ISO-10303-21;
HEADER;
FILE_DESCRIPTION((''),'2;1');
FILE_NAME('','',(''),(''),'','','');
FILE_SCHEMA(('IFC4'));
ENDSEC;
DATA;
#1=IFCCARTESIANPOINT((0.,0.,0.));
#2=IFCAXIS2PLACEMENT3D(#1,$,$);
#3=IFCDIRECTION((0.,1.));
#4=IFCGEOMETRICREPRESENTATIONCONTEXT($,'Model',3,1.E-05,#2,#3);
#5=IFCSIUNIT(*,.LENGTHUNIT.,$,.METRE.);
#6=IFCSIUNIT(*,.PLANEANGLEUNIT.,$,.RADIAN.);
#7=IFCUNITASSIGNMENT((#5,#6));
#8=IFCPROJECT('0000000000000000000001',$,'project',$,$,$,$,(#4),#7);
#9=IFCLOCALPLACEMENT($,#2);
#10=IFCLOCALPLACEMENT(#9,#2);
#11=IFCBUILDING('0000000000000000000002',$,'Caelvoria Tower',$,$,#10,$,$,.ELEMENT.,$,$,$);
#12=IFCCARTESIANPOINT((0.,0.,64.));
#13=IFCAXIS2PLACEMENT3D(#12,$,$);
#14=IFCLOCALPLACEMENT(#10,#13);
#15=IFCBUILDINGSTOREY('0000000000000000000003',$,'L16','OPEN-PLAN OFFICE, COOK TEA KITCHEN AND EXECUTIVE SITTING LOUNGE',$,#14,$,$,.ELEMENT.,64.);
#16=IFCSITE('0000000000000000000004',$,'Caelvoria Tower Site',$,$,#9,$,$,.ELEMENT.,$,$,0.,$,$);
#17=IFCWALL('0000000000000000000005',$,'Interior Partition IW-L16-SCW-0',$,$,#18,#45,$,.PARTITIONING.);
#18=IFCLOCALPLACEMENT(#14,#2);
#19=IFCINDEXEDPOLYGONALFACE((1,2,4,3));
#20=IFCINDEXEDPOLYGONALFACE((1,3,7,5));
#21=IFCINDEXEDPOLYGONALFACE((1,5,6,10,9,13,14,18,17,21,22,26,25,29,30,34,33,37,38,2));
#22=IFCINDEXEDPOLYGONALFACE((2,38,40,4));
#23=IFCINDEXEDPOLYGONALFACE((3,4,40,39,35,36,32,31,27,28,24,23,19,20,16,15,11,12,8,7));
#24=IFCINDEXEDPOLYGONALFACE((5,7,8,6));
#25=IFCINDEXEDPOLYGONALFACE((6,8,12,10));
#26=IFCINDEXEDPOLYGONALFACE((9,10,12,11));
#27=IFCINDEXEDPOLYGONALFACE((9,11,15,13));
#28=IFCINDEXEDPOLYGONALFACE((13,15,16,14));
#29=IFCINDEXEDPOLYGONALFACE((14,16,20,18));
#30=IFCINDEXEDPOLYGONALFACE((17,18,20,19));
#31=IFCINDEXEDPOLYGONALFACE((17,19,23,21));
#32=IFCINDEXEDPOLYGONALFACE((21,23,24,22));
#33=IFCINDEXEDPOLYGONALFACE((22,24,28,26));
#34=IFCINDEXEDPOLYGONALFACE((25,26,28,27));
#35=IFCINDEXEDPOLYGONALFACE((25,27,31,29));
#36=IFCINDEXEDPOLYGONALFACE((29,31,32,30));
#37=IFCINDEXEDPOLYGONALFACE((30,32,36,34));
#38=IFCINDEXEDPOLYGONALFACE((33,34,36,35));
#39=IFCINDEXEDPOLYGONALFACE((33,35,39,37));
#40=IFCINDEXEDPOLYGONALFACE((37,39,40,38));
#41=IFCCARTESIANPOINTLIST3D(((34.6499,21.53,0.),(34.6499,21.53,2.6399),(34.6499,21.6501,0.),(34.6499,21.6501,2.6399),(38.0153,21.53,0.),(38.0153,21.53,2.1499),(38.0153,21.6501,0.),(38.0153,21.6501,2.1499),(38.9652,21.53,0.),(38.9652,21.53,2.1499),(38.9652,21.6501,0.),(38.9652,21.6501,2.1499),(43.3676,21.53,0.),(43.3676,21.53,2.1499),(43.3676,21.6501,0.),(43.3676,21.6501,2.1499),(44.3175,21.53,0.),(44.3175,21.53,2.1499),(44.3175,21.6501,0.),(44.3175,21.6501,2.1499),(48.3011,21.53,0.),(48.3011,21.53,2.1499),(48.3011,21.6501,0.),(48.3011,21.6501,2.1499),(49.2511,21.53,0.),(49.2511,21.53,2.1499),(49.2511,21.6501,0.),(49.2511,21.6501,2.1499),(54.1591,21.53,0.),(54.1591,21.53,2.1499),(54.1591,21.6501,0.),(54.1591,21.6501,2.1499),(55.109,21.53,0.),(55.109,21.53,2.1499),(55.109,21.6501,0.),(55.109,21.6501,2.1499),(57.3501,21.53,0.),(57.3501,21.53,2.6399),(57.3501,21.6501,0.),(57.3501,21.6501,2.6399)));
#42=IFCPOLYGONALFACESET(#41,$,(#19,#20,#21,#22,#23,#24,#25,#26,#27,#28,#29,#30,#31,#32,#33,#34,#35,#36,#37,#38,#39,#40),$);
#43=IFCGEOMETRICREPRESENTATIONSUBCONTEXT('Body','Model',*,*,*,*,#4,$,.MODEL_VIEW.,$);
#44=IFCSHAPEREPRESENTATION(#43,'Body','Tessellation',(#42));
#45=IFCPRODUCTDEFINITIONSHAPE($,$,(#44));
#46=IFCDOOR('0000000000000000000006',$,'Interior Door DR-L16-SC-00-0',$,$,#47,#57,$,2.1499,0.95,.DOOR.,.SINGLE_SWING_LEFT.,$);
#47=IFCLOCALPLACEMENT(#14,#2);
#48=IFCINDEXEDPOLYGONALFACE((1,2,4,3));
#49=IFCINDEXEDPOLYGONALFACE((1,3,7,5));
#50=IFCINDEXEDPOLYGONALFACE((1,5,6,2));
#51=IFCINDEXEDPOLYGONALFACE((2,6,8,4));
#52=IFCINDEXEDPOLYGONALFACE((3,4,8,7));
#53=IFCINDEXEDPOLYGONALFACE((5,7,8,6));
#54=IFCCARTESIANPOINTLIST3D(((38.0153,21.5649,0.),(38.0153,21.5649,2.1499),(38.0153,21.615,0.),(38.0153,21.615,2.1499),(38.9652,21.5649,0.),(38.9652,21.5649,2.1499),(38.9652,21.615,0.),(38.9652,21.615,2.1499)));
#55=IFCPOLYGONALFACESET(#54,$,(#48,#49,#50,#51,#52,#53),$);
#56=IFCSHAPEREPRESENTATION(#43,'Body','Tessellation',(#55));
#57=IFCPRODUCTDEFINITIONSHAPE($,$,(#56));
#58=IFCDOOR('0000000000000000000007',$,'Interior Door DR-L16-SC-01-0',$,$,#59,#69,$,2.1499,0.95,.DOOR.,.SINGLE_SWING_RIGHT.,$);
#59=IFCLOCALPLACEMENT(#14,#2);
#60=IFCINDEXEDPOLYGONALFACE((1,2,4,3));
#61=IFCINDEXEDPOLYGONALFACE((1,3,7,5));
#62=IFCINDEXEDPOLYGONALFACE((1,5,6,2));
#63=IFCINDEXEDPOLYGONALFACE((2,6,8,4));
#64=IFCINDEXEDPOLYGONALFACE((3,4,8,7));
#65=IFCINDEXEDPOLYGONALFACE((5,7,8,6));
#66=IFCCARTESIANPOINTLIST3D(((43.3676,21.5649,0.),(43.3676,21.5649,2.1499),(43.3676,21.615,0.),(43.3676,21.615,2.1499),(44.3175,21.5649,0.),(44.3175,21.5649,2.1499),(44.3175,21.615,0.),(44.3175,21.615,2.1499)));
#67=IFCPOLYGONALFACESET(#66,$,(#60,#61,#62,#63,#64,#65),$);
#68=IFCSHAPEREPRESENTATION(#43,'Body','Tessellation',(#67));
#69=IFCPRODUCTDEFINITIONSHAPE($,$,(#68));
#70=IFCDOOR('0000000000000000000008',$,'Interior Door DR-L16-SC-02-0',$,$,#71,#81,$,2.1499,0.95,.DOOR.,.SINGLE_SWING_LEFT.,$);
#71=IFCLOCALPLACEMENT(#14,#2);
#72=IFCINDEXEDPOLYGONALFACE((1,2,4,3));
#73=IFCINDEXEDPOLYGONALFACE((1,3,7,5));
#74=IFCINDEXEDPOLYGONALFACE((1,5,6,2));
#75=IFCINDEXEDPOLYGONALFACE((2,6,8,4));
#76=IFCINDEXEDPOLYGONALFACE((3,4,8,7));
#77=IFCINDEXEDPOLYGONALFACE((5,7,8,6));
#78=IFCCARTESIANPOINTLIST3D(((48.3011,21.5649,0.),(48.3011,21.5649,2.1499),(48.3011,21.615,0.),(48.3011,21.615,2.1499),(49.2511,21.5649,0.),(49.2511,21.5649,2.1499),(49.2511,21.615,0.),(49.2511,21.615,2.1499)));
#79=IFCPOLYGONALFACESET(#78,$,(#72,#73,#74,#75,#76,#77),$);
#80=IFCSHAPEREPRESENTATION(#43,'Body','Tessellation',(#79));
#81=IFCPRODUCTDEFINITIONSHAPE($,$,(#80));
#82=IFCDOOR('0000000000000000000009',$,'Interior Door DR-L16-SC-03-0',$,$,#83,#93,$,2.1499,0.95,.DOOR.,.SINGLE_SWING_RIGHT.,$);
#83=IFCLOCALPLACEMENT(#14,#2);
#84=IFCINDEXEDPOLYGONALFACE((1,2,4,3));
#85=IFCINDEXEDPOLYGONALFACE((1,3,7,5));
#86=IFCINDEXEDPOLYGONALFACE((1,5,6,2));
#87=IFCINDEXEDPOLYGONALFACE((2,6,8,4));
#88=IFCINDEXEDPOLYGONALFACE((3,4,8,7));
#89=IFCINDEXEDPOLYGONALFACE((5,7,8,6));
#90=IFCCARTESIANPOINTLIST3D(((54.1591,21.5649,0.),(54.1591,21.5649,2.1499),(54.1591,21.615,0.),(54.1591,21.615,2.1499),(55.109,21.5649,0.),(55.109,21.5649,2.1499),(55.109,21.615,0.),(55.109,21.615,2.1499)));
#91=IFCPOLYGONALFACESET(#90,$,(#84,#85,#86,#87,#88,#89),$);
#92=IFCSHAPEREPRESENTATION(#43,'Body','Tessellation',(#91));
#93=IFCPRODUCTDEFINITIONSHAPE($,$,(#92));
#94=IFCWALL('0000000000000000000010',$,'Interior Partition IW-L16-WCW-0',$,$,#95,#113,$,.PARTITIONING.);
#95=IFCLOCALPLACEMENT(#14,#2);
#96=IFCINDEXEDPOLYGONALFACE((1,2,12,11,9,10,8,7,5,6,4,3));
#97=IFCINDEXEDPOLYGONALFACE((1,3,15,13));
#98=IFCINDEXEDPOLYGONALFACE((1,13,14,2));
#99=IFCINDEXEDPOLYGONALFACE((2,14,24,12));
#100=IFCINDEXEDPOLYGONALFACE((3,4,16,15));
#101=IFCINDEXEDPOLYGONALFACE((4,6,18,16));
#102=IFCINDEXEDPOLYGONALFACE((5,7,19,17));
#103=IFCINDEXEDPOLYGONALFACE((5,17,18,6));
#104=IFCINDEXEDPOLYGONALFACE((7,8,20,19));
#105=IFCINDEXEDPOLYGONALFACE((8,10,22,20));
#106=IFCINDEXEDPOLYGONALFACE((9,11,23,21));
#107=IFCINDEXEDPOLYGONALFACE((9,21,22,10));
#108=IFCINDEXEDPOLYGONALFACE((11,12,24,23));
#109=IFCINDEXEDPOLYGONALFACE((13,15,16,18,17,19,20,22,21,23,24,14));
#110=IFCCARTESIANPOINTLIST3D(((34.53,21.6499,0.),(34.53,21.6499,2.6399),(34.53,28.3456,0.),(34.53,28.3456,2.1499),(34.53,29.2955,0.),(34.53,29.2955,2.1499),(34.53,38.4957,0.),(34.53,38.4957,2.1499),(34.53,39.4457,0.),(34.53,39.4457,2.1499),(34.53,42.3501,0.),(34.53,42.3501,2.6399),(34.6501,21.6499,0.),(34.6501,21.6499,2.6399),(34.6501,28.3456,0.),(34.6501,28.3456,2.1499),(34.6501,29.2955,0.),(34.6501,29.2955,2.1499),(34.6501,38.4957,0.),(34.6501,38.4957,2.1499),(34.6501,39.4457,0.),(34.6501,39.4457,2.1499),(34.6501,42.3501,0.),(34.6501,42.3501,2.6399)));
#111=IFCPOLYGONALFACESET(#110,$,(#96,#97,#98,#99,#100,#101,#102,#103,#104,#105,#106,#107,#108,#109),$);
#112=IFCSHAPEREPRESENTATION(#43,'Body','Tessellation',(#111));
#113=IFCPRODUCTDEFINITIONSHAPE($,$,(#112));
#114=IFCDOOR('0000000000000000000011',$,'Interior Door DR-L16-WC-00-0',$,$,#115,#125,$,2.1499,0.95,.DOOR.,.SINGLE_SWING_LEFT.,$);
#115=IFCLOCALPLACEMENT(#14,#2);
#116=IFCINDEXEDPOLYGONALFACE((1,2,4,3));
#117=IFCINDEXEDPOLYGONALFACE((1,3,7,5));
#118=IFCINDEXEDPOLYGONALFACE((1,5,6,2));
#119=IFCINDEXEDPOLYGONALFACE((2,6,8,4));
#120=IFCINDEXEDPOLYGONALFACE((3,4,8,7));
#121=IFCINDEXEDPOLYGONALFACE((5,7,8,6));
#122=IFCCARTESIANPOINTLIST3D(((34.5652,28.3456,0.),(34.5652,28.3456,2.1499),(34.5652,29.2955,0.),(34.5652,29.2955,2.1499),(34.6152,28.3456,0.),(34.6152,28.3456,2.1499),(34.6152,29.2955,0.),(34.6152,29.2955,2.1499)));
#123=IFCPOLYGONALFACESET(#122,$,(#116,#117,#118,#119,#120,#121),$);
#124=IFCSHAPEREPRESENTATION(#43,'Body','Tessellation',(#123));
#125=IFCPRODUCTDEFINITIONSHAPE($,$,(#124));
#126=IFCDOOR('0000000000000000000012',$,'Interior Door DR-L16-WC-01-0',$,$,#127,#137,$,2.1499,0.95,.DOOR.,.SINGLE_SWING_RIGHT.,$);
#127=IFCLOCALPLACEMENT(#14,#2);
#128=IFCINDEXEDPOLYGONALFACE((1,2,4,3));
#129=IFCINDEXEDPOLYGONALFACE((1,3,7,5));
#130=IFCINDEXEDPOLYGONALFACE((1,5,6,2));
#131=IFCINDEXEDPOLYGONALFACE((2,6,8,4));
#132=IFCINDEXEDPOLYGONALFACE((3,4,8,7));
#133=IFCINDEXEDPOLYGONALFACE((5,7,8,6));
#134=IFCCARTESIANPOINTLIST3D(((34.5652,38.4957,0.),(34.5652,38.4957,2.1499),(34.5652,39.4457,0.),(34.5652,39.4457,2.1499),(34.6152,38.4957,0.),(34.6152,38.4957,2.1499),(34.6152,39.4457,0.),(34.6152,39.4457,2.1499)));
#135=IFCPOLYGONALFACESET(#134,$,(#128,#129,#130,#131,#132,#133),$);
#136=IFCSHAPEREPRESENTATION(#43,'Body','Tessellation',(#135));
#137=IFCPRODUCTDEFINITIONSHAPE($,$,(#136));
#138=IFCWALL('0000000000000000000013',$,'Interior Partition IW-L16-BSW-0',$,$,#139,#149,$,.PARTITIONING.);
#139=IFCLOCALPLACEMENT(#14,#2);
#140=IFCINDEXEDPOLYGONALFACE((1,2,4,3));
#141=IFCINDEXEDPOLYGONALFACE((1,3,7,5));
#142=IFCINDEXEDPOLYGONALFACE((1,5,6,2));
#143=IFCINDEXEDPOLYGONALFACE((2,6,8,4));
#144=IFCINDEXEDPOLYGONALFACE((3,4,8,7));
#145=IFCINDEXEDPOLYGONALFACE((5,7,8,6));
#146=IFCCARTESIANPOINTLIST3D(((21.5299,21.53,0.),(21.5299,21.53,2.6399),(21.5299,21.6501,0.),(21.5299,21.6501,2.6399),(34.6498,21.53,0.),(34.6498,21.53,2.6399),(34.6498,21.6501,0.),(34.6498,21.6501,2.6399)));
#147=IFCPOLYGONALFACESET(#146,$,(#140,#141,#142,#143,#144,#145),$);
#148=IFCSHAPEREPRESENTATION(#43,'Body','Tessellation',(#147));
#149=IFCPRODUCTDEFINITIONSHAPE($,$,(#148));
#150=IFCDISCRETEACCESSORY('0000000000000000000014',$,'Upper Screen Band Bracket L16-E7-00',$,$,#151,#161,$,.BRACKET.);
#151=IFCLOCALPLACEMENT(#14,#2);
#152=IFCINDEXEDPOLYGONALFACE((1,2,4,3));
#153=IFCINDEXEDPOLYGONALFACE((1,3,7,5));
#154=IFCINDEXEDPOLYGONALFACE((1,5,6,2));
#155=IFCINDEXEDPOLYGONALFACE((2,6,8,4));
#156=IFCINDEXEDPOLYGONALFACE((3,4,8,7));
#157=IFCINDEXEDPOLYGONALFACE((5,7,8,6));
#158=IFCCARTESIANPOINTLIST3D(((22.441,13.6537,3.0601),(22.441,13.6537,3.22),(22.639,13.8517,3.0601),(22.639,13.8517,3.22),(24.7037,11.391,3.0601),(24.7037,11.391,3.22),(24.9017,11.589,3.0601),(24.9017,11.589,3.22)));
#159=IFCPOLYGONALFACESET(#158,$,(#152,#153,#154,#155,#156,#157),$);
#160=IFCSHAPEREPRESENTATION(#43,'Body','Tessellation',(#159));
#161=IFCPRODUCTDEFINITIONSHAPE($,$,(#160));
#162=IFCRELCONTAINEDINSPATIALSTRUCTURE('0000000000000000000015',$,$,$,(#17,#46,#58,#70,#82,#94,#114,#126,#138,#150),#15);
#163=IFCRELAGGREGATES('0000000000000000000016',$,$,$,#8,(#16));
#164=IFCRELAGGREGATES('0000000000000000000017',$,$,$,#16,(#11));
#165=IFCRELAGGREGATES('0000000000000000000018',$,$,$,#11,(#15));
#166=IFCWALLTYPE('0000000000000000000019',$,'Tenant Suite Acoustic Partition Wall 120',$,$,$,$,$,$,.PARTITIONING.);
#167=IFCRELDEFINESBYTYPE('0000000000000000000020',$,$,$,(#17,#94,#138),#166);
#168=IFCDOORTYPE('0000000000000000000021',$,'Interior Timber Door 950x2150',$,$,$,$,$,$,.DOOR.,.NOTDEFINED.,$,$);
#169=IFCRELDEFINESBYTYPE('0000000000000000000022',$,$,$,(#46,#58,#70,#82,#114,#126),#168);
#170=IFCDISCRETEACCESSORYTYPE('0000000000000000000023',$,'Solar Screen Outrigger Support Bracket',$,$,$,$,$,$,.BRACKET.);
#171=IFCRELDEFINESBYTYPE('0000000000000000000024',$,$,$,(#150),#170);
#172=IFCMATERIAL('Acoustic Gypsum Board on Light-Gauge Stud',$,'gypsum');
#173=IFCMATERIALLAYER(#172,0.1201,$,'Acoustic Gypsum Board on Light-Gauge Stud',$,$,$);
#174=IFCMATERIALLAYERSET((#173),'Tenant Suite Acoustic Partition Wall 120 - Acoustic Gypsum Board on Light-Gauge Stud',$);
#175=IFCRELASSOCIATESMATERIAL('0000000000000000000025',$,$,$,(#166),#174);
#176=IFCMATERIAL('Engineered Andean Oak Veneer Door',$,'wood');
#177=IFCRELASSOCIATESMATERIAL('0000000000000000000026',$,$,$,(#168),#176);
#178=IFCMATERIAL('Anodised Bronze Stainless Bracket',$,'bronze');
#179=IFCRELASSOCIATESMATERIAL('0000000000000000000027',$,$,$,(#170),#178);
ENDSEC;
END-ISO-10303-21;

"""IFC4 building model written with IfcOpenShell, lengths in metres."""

from ifc_helpers import new_model, si_unit, direction, frame, frame_2d, origin, origin_2d, place, context, subcontext, project, spatial, rectangle, extrude, material, layer, layer_set, type_object, element, fill, save


model = new_model("IFC4")

# Units and contexts
model_context = context("Model", 3, precision=1e-05, world=origin(), true_north=direction((0.0, 1.0)))
body_context = subcontext(model_context, "Body", "Model", "MODEL_VIEW")
ifc_project = project(units=[si_unit("LENGTHUNIT", "METRE"), si_unit("PLANEANGLEUNIT", "RADIAN")], contexts=[model_context])

# Site, building, storey
site_placement = place(None, origin())
site = spatial("IfcSite", under=ifc_project, at=site_placement, Name="Caelvoria Tower Site", CompositionType="ELEMENT", RefElevation=0.0)
building_placement = place(site_placement, origin())
building = spatial("IfcBuilding", under=site, at=building_placement, Name="Caelvoria Tower", CompositionType="ELEMENT")
storey_placement = place(building_placement, frame((0.0, 0.0, 64.0)))
storey = spatial("IfcBuildingStorey", under=building, at=storey_placement, Name="L16", Description="OPEN-PLAN OFFICE, COOK TEA KITCHEN AND EXECUTIVE SITTING LOUNGE", CompositionType="ELEMENT", Elevation=64.0)

# Shared definitions
ifc_material_1 = material(Name="Acoustic Gypsum Board on Light-Gauge Stud", Category="gypsum")
ifc_layer_1 = layer(ifc_material_1, 0.1201, Name="Acoustic Gypsum Board on Light-Gauge Stud")
ifc_layer_set_1 = layer_set([ifc_layer_1], Name="Tenant Suite Acoustic Partition Wall 120 - Acoustic Gypsum Board on Light-Gauge Stud")
wall_type_1 = type_object("IfcWallType", Name="Tenant Suite Acoustic Partition Wall 120", PredefinedType="PARTITIONING", material=ifc_layer_set_1)
ifc_material_2 = material(Name="Engineered Andean Oak Veneer Door", Category="wood")

# Walls, openings, doors
wall_1_placement = place(storey_placement, frame((34.6499, 21.5901, 0.0), z_axis=(0.0, 0.0, 1.0), x_axis=(1.0, 0.0, 0.0)))
wall_1 = element("IfcWall", 1, at=wall_1_placement, inside=storey, type_object=wall_type_1, Name="Interior Partition IW-L16-SCW-0", PredefinedType="PARTITIONING", context=body_context, shape_type="SweptSolid", body=[
    extrude(rectangle(XDim=22.7002, YDim=0.1201, at=frame_2d((11.3501, 0.0))), origin(), (0.0, 0.0, 1.0), 2.6399),
])
opening_1_placement = place(wall_1_placement, frame((3.3652, 0.0, 0.0)))
opening_1 = element("IfcOpeningElement", 2, at=opening_1_placement, cuts=wall_1, PredefinedType="OPENING", context=body_context, shape_type="SweptSolid", body=[
    extrude(rectangle(XDim=0.95, YDim=2.1499, at=frame_2d((0.4751, 1.075))), frame((0.0, 0.0701, 0.0), z_axis=(0.0, -1.0, 0.0), x_axis=(1.0, 0.0, 0.0)), (0.0, 0.0, 1.0), 0.1401),
])
opening_2_placement = place(wall_1_placement, frame((8.7175, 0.0, 0.0)))
opening_2 = element("IfcOpeningElement", 3, at=opening_2_placement, cuts=wall_1, PredefinedType="OPENING", context=body_context, shape_type="SweptSolid", body=[
    extrude(rectangle(XDim=0.95, YDim=2.1499, at=frame_2d((0.4751, 1.075))), frame((0.0, 0.0701, 0.0), z_axis=(0.0, -1.0, 0.0), x_axis=(1.0, 0.0, 0.0)), (0.0, 0.0, 1.0), 0.1401),
])
opening_3_placement = place(wall_1_placement, frame((13.6511, 0.0, 0.0)))
opening_3 = element("IfcOpeningElement", 4, at=opening_3_placement, cuts=wall_1, PredefinedType="OPENING", context=body_context, shape_type="SweptSolid", body=[
    extrude(rectangle(XDim=0.95, YDim=2.1499, at=frame_2d((0.4751, 1.075))), frame((0.0, 0.0701, 0.0), z_axis=(0.0, -1.0, 0.0), x_axis=(1.0, 0.0, 0.0)), (0.0, 0.0, 1.0), 0.1401),
])
opening_4_placement = place(wall_1_placement, frame((19.509, 0.0, 0.0)))
opening_4 = element("IfcOpeningElement", 5, at=opening_4_placement, cuts=wall_1, PredefinedType="OPENING", context=body_context, shape_type="SweptSolid", body=[
    extrude(rectangle(XDim=0.95, YDim=2.1499, at=frame_2d((0.4751, 1.075))), frame((0.0, 0.0701, 0.0), z_axis=(0.0, -1.0, 0.0), x_axis=(1.0, 0.0, 0.0)), (0.0, 0.0, 1.0), 0.1401),
])
door_type_1 = type_object("IfcDoorType", Name="Interior Timber Door 950x2150", OperationType="NOTDEFINED", PredefinedType="DOOR", material=ifc_material_2)
door_1_placement = place(opening_1_placement, origin())
door_1 = element("IfcDoor", 6, at=door_1_placement, inside=storey, type_object=door_type_1, Name="Interior Door DR-L16-SC-00-0", OperationType="SINGLE_SWING_LEFT", OverallHeight=2.1499, OverallWidth=0.95, PredefinedType="DOOR", context=body_context, shape_type="SweptSolid", body=[
    extrude(rectangle(XDim=0.95, YDim=2.1499, at=frame_2d((0.4751, 1.075))), frame((0.0, 0.0249, 0.0), z_axis=(0.0, -1.0, 0.0), x_axis=(1.0, 0.0, 0.0)), (0.0, 0.0, 1.0), 0.05),
])
fill(opening_1, door_1)
door_2_placement = place(opening_2_placement, origin())
door_2 = element("IfcDoor", 7, at=door_2_placement, inside=storey, type_object=door_type_1, Name="Interior Door DR-L16-SC-01-0", OperationType="SINGLE_SWING_RIGHT", OverallHeight=2.1499, OverallWidth=0.95, PredefinedType="DOOR", context=body_context, shape_type="SweptSolid", body=[
    extrude(rectangle(XDim=0.95, YDim=2.1499, at=frame_2d((0.4751, 1.075))), frame((0.0, 0.0249, 0.0), z_axis=(0.0, -1.0, 0.0), x_axis=(1.0, 0.0, 0.0)), (0.0, 0.0, 1.0), 0.05),
])
fill(opening_2, door_2)
door_3_placement = place(opening_3_placement, origin())
door_3 = element("IfcDoor", 8, at=door_3_placement, inside=storey, type_object=door_type_1, Name="Interior Door DR-L16-SC-02-0", OperationType="SINGLE_SWING_LEFT", OverallHeight=2.1499, OverallWidth=0.95, PredefinedType="DOOR", context=body_context, shape_type="SweptSolid", body=[
    extrude(rectangle(XDim=0.95, YDim=2.1499, at=frame_2d((0.4751, 1.075))), frame((0.0, 0.0249, 0.0), z_axis=(0.0, -1.0, 0.0), x_axis=(1.0, 0.0, 0.0)), (0.0, 0.0, 1.0), 0.05),
])
fill(opening_3, door_3)
door_4_placement = place(opening_4_placement, origin())
door_4 = element("IfcDoor", 9, at=door_4_placement, inside=storey, type_object=door_type_1, Name="Interior Door DR-L16-SC-03-0", OperationType="SINGLE_SWING_RIGHT", OverallHeight=2.1499, OverallWidth=0.95, PredefinedType="DOOR", context=body_context, shape_type="SweptSolid", body=[
    extrude(rectangle(XDim=0.95, YDim=2.1499, at=frame_2d((0.4751, 1.075))), frame((0.0, 0.0249, 0.0), z_axis=(0.0, -1.0, 0.0), x_axis=(1.0, 0.0, 0.0)), (0.0, 0.0, 1.0), 0.05),
])
fill(opening_4, door_4)
wall_2_placement = place(storey_placement, frame((34.5901, 21.6499, 0.0), z_axis=(0.0, 0.0, 1.0), x_axis=(0.0, 1.0, 0.0)))
wall_2 = element("IfcWall", 10, at=wall_2_placement, inside=storey, type_object=wall_type_1, Name="Interior Partition IW-L16-WCW-0", PredefinedType="PARTITIONING", context=body_context, shape_type="SweptSolid", body=[
    extrude(rectangle(XDim=20.7002, YDim=0.1201, at=frame_2d((10.3501, 0.0))), origin(), (0.0, 0.0, 1.0), 2.6399),
])
opening_5_placement = place(wall_2_placement, frame((6.6956, 0.0, 0.0)))
opening_5 = element("IfcOpeningElement", 11, at=opening_5_placement, cuts=wall_2, PredefinedType="OPENING", context=body_context, shape_type="SweptSolid", body=[
    extrude(rectangle(XDim=0.95, YDim=2.1499, at=frame_2d((0.4751, 1.075))), frame((0.0, 0.0701, 0.0), z_axis=(0.0, -1.0, 0.0), x_axis=(1.0, 0.0, 0.0)), (0.0, 0.0, 1.0), 0.1401),
])
opening_6_placement = place(wall_2_placement, frame((16.8457, 0.0, 0.0)))
opening_6 = element("IfcOpeningElement", 12, at=opening_6_placement, cuts=wall_2, PredefinedType="OPENING", context=body_context, shape_type="SweptSolid", body=[
    extrude(rectangle(XDim=0.95, YDim=2.1499, at=frame_2d((0.4751, 1.075))), frame((0.0, 0.0701, 0.0), z_axis=(0.0, -1.0, 0.0), x_axis=(1.0, 0.0, 0.0)), (0.0, 0.0, 1.0), 0.1401),
])
door_5_placement = place(opening_5_placement, origin())
door_5 = element("IfcDoor", 13, at=door_5_placement, inside=storey, type_object=door_type_1, Name="Interior Door DR-L16-WC-00-0", OperationType="SINGLE_SWING_LEFT", OverallHeight=2.1499, OverallWidth=0.95, PredefinedType="DOOR", context=body_context, shape_type="SweptSolid", body=[
    extrude(rectangle(XDim=0.95, YDim=2.1499, at=frame_2d((0.4751, 1.075))), frame((0.0, 0.0249, 0.0), z_axis=(0.0, -1.0, 0.0), x_axis=(1.0, 0.0, 0.0)), (0.0, 0.0, 1.0), 0.05),
])
fill(opening_5, door_5)
door_6_placement = place(opening_6_placement, origin())
door_6 = element("IfcDoor", 14, at=door_6_placement, inside=storey, type_object=door_type_1, Name="Interior Door DR-L16-WC-01-0", OperationType="SINGLE_SWING_RIGHT", OverallHeight=2.1499, OverallWidth=0.95, PredefinedType="DOOR", context=body_context, shape_type="SweptSolid", body=[
    extrude(rectangle(XDim=0.95, YDim=2.1499, at=frame_2d((0.4751, 1.075))), frame((0.0, 0.0249, 0.0), z_axis=(0.0, -1.0, 0.0), x_axis=(1.0, 0.0, 0.0)), (0.0, 0.0, 1.0), 0.05),
])
fill(opening_6, door_6)

# Wall
wall_3_placement = place(storey_placement, frame((34.6499, 21.5901, 0.0), z_axis=(0.0, 0.0, 1.0), x_axis=(-1.0, 0.0, 0.0)))
element("IfcWall", 15, at=wall_3_placement, inside=storey, type_object=wall_type_1, Name="Interior Partition IW-L16-BSW-0", PredefinedType="PARTITIONING", context=body_context, shape_type="SweptSolid", body=[
    extrude(rectangle(XDim=13.1199, YDim=0.1201, at=frame_2d((6.5601, 0.0))), origin(), (0.0, 0.0, 1.0), 2.6399),
])

# Discrete accessory
ifc_material_3 = material(Name="Anodised Bronze Stainless Bracket", Category="bronze")
discrete_accessory_type = type_object("IfcDiscreteAccessoryType", Name="Solar Screen Outrigger Support Bracket", PredefinedType="BRACKET", material=ifc_material_3)
discrete_accessory_placement = place(storey_placement, frame((23.6714, 12.6213, 3.0601), z_axis=(0.0, 0.0, 1.0), x_axis=(0.707107, -0.707107, 0.0)))
element("IfcDiscreteAccessory", 16, at=discrete_accessory_placement, inside=storey, type_object=discrete_accessory_type, Name="Upper Screen Band Bracket L16-E7-00", PredefinedType="BRACKET", context=body_context, shape_type="SweptSolid", body=[
    extrude(rectangle(XDim=3.2, YDim=0.28, at=origin_2d()), origin(), (0.0, 0.0, 1.0), 0.1599),
])

save(model, "model.ifc")
